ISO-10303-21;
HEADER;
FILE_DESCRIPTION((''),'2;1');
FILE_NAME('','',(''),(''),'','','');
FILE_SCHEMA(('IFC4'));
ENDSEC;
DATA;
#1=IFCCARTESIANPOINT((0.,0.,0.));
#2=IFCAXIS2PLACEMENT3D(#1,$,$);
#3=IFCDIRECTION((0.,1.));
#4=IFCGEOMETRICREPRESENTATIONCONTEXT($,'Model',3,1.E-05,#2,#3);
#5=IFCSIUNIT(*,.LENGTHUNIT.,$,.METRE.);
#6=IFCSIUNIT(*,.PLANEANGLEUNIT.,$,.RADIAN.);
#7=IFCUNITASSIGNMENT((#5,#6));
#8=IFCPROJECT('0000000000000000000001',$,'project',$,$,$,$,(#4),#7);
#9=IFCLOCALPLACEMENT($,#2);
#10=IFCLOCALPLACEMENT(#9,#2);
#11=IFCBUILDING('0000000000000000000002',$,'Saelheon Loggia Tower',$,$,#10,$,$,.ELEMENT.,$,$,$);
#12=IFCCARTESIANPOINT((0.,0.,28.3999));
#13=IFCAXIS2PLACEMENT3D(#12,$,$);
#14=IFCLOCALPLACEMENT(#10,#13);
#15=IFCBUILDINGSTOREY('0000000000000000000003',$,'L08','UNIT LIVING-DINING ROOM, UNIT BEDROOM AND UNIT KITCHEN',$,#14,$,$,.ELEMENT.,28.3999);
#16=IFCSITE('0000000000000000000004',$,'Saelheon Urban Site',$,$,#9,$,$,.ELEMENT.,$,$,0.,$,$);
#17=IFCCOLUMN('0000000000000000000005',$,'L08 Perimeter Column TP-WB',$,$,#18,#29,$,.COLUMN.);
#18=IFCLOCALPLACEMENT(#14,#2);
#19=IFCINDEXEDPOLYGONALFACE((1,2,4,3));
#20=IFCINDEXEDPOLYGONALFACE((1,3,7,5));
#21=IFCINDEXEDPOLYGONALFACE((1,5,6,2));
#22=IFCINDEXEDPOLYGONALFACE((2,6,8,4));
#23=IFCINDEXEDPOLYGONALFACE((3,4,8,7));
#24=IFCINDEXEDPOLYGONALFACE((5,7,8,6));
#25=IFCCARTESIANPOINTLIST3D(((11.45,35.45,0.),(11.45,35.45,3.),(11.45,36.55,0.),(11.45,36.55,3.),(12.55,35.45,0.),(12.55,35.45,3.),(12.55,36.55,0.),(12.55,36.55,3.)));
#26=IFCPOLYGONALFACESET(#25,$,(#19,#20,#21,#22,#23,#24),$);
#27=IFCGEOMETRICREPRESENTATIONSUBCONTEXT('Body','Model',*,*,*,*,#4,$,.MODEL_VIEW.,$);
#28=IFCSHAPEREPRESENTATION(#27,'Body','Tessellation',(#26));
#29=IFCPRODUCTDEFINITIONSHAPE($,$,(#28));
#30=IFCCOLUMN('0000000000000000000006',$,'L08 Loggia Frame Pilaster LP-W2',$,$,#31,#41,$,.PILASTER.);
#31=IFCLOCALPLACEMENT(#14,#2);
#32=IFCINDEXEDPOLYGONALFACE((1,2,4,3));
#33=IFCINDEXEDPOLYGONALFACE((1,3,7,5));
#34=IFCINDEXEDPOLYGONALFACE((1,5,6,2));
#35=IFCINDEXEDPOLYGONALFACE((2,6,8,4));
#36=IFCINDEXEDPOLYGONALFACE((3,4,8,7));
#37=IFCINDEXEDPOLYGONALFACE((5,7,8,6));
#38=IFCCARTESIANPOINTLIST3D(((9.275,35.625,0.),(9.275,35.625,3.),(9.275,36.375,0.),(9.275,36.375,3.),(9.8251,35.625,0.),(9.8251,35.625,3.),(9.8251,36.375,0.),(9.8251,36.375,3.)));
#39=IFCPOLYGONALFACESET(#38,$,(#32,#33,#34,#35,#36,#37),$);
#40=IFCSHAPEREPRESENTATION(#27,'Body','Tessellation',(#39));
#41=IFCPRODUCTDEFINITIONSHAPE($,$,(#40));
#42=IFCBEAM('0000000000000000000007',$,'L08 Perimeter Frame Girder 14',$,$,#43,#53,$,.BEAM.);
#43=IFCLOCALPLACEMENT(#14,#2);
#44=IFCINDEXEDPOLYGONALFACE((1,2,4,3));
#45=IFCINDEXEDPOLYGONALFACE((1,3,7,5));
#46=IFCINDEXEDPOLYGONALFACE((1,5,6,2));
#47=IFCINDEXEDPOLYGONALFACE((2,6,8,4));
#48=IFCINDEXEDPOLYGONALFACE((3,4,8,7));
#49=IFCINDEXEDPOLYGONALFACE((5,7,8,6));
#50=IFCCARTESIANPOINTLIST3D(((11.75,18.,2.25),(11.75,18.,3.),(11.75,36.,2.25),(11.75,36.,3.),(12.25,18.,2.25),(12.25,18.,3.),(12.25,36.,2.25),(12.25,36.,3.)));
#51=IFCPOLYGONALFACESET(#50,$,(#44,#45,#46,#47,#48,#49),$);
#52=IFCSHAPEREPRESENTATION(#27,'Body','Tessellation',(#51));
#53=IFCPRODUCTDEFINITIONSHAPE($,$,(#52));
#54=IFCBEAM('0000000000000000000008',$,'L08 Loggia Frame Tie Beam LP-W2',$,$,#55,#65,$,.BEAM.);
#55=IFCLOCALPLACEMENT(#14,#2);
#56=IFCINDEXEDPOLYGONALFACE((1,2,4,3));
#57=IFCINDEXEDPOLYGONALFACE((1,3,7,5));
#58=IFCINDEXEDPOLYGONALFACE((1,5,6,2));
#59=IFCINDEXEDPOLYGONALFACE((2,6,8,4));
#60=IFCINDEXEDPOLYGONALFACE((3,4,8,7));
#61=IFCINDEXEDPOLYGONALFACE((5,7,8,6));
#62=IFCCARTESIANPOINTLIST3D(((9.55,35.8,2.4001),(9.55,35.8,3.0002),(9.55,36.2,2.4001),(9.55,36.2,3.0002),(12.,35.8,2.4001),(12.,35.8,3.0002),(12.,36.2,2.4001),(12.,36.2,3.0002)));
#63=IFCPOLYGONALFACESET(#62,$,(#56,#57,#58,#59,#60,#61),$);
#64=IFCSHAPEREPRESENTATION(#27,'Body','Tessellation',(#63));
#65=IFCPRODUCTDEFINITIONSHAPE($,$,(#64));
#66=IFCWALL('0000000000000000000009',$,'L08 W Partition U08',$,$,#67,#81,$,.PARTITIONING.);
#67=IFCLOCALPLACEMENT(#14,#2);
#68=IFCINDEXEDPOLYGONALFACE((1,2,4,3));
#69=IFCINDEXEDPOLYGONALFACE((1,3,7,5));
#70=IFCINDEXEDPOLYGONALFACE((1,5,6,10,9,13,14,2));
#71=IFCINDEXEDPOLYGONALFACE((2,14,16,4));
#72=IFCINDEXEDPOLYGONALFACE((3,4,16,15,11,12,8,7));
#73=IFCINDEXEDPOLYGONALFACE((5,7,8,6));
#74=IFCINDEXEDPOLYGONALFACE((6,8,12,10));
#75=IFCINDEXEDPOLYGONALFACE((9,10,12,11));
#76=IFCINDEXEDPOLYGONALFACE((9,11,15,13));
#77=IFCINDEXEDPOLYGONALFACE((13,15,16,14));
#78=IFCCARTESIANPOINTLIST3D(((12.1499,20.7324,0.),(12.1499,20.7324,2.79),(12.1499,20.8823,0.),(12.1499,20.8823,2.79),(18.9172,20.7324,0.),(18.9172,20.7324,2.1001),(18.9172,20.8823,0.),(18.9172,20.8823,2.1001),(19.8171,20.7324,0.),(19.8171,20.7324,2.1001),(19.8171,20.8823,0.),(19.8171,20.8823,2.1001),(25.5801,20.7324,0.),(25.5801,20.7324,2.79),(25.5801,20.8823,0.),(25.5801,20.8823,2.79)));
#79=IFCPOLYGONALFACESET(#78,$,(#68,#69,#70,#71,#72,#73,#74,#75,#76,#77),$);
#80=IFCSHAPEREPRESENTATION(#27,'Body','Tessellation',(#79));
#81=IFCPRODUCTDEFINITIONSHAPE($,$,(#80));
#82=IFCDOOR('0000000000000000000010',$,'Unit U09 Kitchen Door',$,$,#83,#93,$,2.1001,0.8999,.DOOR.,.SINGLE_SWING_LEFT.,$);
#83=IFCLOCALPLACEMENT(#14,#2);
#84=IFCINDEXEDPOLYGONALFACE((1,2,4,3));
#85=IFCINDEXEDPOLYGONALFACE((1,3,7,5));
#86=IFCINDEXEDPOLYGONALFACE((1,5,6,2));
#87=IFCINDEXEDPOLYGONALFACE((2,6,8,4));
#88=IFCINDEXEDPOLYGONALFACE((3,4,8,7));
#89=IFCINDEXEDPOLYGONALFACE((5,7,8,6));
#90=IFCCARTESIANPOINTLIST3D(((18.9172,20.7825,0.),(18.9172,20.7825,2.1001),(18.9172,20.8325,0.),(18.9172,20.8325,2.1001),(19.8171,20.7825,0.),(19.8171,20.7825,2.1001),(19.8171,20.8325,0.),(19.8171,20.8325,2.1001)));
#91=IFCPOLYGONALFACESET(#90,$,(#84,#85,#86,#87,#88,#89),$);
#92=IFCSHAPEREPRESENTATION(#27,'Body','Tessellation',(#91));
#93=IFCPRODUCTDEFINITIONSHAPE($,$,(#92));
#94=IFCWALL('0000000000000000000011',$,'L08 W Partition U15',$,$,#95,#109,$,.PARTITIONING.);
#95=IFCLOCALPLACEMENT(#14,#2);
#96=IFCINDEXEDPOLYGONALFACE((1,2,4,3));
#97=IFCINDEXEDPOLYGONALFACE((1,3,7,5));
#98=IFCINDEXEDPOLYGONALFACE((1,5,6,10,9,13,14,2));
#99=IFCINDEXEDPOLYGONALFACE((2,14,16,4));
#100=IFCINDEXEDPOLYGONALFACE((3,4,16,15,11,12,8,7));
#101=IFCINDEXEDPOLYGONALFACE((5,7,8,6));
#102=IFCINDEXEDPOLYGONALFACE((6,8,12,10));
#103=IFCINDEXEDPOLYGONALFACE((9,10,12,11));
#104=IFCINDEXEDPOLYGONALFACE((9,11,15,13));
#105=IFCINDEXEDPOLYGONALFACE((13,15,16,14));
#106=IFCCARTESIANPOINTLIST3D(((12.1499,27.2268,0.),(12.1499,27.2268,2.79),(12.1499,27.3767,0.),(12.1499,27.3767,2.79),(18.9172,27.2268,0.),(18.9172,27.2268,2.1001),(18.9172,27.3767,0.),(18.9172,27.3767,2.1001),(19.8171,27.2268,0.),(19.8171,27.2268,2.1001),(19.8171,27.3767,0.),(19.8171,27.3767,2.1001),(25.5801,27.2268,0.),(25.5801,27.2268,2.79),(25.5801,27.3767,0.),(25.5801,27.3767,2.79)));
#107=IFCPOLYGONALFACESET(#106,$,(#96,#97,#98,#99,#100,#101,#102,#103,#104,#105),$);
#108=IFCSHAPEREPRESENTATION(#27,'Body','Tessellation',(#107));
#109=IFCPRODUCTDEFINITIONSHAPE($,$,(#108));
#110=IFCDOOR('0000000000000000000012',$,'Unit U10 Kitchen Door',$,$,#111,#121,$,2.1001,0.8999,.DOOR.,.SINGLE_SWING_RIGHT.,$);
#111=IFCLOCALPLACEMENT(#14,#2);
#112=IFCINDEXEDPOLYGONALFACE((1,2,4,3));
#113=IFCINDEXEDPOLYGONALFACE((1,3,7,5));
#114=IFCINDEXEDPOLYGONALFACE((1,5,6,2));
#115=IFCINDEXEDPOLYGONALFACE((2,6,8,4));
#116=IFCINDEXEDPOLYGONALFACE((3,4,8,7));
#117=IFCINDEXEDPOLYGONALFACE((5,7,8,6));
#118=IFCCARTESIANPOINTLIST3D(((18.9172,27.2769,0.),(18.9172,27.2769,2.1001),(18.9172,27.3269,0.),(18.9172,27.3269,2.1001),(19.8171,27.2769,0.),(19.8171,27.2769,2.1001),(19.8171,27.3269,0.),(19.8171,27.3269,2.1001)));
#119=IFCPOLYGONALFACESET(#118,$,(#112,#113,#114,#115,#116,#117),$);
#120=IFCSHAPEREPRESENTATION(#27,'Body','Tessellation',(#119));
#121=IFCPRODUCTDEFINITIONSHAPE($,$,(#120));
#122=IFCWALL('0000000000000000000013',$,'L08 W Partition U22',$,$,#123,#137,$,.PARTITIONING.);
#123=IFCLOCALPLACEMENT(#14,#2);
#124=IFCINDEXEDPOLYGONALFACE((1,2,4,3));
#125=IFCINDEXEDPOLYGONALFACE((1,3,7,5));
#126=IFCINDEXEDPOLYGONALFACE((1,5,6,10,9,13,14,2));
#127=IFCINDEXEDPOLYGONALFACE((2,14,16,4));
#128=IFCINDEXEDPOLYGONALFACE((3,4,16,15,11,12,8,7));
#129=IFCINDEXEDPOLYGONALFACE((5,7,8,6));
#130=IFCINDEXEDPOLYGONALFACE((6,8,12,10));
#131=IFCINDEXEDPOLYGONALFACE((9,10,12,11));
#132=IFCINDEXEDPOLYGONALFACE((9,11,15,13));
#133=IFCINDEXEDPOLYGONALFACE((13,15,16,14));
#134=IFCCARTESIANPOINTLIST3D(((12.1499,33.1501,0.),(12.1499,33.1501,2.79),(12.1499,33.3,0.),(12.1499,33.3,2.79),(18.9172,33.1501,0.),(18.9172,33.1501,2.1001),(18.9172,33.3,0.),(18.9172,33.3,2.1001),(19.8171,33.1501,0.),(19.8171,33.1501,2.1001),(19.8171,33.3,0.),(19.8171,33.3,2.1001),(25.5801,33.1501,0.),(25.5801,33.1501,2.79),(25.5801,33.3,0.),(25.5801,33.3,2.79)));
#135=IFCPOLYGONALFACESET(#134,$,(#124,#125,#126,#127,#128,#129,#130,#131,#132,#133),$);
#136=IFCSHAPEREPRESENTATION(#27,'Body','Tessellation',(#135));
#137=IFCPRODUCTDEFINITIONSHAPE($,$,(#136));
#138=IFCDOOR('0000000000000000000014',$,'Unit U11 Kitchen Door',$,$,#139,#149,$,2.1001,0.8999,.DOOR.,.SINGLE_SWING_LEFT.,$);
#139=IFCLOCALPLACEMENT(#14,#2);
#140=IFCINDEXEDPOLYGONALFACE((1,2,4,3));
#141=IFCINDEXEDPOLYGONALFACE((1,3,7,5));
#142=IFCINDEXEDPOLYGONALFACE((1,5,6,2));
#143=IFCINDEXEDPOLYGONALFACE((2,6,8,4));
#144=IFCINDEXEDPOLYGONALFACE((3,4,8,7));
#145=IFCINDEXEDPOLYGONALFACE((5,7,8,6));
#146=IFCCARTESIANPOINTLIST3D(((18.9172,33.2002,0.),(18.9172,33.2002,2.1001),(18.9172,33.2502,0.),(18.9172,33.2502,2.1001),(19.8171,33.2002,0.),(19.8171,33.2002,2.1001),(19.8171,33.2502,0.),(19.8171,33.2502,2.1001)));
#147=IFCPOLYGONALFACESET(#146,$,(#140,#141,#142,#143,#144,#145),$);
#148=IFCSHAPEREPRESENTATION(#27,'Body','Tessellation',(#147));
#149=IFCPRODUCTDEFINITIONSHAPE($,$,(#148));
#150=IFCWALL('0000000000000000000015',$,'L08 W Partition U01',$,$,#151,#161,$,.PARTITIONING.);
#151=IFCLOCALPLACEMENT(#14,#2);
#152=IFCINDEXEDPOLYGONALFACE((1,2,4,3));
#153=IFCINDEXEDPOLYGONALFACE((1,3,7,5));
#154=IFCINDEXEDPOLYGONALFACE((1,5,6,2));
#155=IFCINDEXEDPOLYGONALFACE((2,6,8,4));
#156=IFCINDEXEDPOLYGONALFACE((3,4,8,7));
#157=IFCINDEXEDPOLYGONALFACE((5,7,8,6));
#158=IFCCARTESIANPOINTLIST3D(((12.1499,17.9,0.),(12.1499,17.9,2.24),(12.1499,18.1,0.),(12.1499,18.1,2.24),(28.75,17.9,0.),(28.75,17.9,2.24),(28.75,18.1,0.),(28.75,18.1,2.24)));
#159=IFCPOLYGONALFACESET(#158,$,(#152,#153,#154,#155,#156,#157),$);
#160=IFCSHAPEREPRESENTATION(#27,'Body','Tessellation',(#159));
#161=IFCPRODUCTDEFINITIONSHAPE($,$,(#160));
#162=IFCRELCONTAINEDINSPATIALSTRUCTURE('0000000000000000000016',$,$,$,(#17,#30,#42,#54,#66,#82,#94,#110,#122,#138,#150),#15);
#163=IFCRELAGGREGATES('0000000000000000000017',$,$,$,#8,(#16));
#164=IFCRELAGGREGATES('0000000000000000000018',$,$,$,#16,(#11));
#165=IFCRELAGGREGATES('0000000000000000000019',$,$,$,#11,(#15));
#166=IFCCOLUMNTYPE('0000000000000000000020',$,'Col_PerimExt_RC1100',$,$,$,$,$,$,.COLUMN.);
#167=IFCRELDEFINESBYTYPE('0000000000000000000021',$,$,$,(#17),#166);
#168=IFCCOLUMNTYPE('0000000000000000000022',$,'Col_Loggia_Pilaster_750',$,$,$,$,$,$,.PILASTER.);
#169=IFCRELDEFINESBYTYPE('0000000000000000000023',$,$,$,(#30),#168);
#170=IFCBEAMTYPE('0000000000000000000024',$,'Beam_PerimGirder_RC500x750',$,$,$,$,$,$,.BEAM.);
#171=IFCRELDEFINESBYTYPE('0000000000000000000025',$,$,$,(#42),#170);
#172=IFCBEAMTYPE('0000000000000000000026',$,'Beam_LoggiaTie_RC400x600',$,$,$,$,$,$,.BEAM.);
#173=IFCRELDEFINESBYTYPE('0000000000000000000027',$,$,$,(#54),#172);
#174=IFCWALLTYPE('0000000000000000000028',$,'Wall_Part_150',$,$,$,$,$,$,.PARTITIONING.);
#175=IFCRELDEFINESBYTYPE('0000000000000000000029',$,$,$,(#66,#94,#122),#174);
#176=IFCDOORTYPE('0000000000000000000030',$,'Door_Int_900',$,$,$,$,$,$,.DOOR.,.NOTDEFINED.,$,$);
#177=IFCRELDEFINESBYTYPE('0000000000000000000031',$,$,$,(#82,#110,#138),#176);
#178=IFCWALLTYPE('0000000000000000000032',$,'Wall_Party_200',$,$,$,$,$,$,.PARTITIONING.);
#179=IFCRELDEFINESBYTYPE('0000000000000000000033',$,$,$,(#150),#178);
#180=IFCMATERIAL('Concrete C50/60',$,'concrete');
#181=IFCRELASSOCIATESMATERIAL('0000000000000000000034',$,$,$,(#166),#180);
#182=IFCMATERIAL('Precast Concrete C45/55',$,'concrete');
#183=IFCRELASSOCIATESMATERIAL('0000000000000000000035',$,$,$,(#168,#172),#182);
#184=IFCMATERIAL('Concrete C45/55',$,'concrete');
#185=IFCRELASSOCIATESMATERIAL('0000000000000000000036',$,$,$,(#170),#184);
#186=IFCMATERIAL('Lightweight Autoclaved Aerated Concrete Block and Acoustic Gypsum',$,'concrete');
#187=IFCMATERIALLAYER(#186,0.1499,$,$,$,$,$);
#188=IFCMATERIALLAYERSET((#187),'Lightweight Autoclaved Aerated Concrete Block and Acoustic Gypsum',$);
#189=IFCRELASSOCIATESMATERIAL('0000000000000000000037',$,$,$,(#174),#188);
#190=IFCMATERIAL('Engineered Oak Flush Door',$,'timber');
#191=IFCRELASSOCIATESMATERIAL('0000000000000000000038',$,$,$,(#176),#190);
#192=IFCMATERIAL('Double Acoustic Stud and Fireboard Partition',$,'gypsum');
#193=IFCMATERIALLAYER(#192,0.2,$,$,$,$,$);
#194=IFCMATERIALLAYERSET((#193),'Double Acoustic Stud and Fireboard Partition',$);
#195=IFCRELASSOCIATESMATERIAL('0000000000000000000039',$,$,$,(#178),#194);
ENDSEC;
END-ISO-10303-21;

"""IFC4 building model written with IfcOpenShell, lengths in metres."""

from ifc_helpers import new_model, si_unit, direction, frame, frame_2d, origin, origin_2d, place, context, subcontext, project, spatial, rectangle, extrude, source, transform, mapped, material, layer, layer_set, material_profile, profile_set, type_object, element, fill, save


model = new_model("IFC4")

# Units and contexts
model_context = context("Model", 3, precision=1e-05, world=origin(), true_north=direction((0.0, 1.0)))
body_context = subcontext(model_context, "Body", "Model", "MODEL_VIEW")
ifc_project = project(units=[si_unit("LENGTHUNIT", "METRE"), si_unit("PLANEANGLEUNIT", "RADIAN")], contexts=[model_context])

# Site, building, storey
site_placement = place(None, origin())
site = spatial("IfcSite", under=ifc_project, at=site_placement, Name="Saelheon Urban Site", CompositionType="ELEMENT", RefElevation=0.0)
building_placement = place(site_placement, origin())
building = spatial("IfcBuilding", under=site, at=building_placement, Name="Saelheon Loggia Tower", CompositionType="ELEMENT")
storey_placement = place(building_placement, frame((0.0, 0.0, 28.3999)))
storey = spatial("IfcBuildingStorey", under=building, at=storey_placement, Name="L08", Description="UNIT LIVING-DINING ROOM, UNIT BEDROOM AND UNIT KITCHEN", CompositionType="ELEMENT", Elevation=28.3999)

# Columns
ifc_material_1 = material(Name="Concrete C50/60", Category="concrete")
ifc_material_profile_1 = material_profile(ifc_material_1, rectangle(XDim=1.1001, YDim=1.1001, at=origin_2d()), Name="RC-1100x1100")
ifc_profile_set_1 = profile_set([ifc_material_profile_1], Name="Concrete C50/60")
column_type_1 = type_object("IfcColumnType", Name="Col_PerimExt_RC1100", PredefinedType="COLUMN", material=ifc_profile_set_1)
shared_shape_1 = source(origin(), body_context, "Body", "SweptSolid", [
    extrude(rectangle(XDim=1.1001, YDim=1.1001, at=origin_2d()), origin(), (0.0, 0.0, 1.0), 3.0),
])
column_1_placement = place(storey_placement, frame((12.0, 36.0, 0.0), z_axis=(0.0, 0.0, 1.0), x_axis=(1.0, 0.0, 0.0)))
element("IfcColumn", 1, at=column_1_placement, inside=storey, type_object=column_type_1, Name="L08 Perimeter Column TP-WB", PredefinedType="COLUMN", context=body_context, shape_type="MappedRepresentation", body=[
    mapped(shared_shape_1, transform((0.0, 0.0, 0.0), scale=1.0)),
])
ifc_material_2 = material(Name="Precast Concrete C45/55", Category="concrete")
ifc_material_profile_2 = material_profile(ifc_material_2, rectangle(XDim=0.55, YDim=0.75, at=origin_2d()), Name="RC-550x750")
ifc_profile_set_2 = profile_set([ifc_material_profile_2], Name="Precast Concrete C45/55")
column_type_2 = type_object("IfcColumnType", Name="Col_Loggia_Pilaster_750", PredefinedType="PILASTER", material=ifc_profile_set_2)
shared_shape_2 = source(origin(), body_context, "Body", "SweptSolid", [
    extrude(rectangle(XDim=0.55, YDim=0.75, at=origin_2d()), origin(), (0.0, 0.0, 1.0), 3.0),
])
column_2_placement = place(storey_placement, frame((9.55, 36.0, 0.0), z_axis=(0.0, 0.0, 1.0), x_axis=(1.0, 0.0, 0.0)))
element("IfcColumn", 2, at=column_2_placement, inside=storey, type_object=column_type_2, Name="L08 Loggia Frame Pilaster LP-W2", PredefinedType="PILASTER", context=body_context, shape_type="MappedRepresentation", body=[
    mapped(shared_shape_2, transform((0.0, 0.0, 0.0), scale=1.0)),
])

# Beams
ifc_material_3 = material(Name="Concrete C45/55", Category="concrete")
ifc_material_profile_3 = material_profile(ifc_material_3, rectangle(XDim=0.5, YDim=0.75, at=origin_2d()), Name="RC-500x750")
ifc_profile_set_3 = profile_set([ifc_material_profile_3], Name="Concrete C45/55")
beam_type_1 = type_object("IfcBeamType", Name="Beam_PerimGirder_RC500x750", PredefinedType="BEAM", material=ifc_profile_set_3)
shared_shape_3 = source(origin(), body_context, "Body", "SweptSolid", [
    extrude(rectangle(XDim=0.5, YDim=0.75, at=origin_2d()), origin(), (0.0, 0.0, 1.0), 18.0),
])
beam_1_placement = place(storey_placement, frame((12.0, 36.0, 2.625), z_axis=(0.0, -1.0, 0.0), x_axis=(1.0, 0.0, 0.0)))
element("IfcBeam", 3, at=beam_1_placement, inside=storey, type_object=beam_type_1, Name="L08 Perimeter Frame Girder 14", PredefinedType="BEAM", context=body_context, shape_type="MappedRepresentation", body=[
    mapped(shared_shape_3, transform((0.0, 0.0, 0.0), scale=1.0)),
])
ifc_material_profile_4 = material_profile(ifc_material_2, rectangle(XDim=0.3999, YDim=0.6001, at=origin_2d()), Name="RC-400x600")
ifc_profile_set_4 = profile_set([ifc_material_profile_4], Name="Precast Concrete C45/55")
beam_type_2 = type_object("IfcBeamType", Name="Beam_LoggiaTie_RC400x600", PredefinedType="BEAM", material=ifc_profile_set_4)
shared_shape_4 = source(origin(), body_context, "Body", "SweptSolid", [
    extrude(rectangle(XDim=0.3999, YDim=0.6001, at=origin_2d()), origin(), (0.0, 0.0, 1.0), 2.45),
])
beam_2_placement = place(storey_placement, frame((12.0, 36.0, 2.7002), z_axis=(-1.0, 0.0, 0.0), x_axis=(0.0, -1.0, 0.0)))
element("IfcBeam", 4, at=beam_2_placement, inside=storey, type_object=beam_type_2, Name="L08 Loggia Frame Tie Beam LP-W2", PredefinedType="BEAM", context=body_context, shape_type="MappedRepresentation", body=[
    mapped(shared_shape_4, transform((0.0, 0.0, 0.0), scale=1.0)),
])

# Walls, openings, doors
ifc_material_4 = material(Name="Lightweight Autoclaved Aerated Concrete Block and Acoustic Gypsum", Category="concrete")
ifc_layer_1 = layer(ifc_material_4, 0.1499)
ifc_layer_set_1 = layer_set([ifc_layer_1], Name="Lightweight Autoclaved Aerated Concrete Block and Acoustic Gypsum")
wall_type_1 = type_object("IfcWallType", Name="Wall_Part_150", PredefinedType="PARTITIONING", material=ifc_layer_set_1)
wall_1_placement = place(storey_placement, frame((25.5801, 20.8074, 0.0), z_axis=(0.0, 0.0, 1.0), x_axis=(-1.0, 0.0, 0.0)))
wall_1 = element("IfcWall", 5, at=wall_1_placement, inside=storey, type_object=wall_type_1, Name="L08 W Partition U08", PredefinedType="PARTITIONING", context=body_context, shape_type="SweptSolid", body=[
    extrude(rectangle(XDim=13.4302, YDim=0.1499, at=frame_2d((6.7151, 0.0))), origin(), (0.0, 0.0, 1.0), 2.79),
])
opening_1_placement = place(wall_1_placement, frame((5.7629, 0.0, 0.0)))
opening_1 = element("IfcOpeningElement", 6, at=opening_1_placement, cuts=wall_1, PredefinedType="OPENING", context=body_context, shape_type="SweptSolid", body=[
    extrude(rectangle(XDim=0.8999, YDim=2.1001, at=frame_2d((0.45, 1.05))), frame((0.0, 0.0869, 0.0), z_axis=(0.0, -1.0, 0.0), x_axis=(1.0, 0.0, 0.0)), (0.0, 0.0, 1.0), 0.1738),
])
ifc_material_5 = material(Name="Engineered Oak Flush Door", Category="timber")
door_type_1 = type_object("IfcDoorType", Name="Door_Int_900", OperationType="NOTDEFINED", PredefinedType="DOOR", material=ifc_material_5)
shared_shape_5 = source(origin(), body_context, "Body", "SweptSolid", [
    extrude(rectangle(XDim=0.8999, YDim=2.1001, at=frame_2d((0.45, 1.05))), frame((0.0, 0.0249, 0.0), z_axis=(0.0, -1.0, 0.0), x_axis=(1.0, 0.0, 0.0)), (0.0, 0.0, 1.0), 0.05),
])
door_1_placement = place(opening_1_placement, origin())
door_1 = element("IfcDoor", 7, at=door_1_placement, inside=storey, type_object=door_type_1, Name="Unit U09 Kitchen Door", OperationType="SINGLE_SWING_LEFT", OverallHeight=2.1001, OverallWidth=0.8999, PredefinedType="DOOR", context=body_context, shape_type="MappedRepresentation", body=[
    mapped(shared_shape_5, transform((0.0, 0.0, 0.0), scale=1.0)),
])
fill(opening_1, door_1)
wall_2_placement = place(storey_placement, frame((25.5801, 27.3018, 0.0), z_axis=(0.0, 0.0, 1.0), x_axis=(-1.0, 0.0, 0.0)))
wall_2 = element("IfcWall", 8, at=wall_2_placement, inside=storey, type_object=wall_type_1, Name="L08 W Partition U15", PredefinedType="PARTITIONING", context=body_context, shape_type="SweptSolid", body=[
    extrude(rectangle(XDim=13.4302, YDim=0.1499, at=frame_2d((6.7151, 0.0))), origin(), (0.0, 0.0, 1.0), 2.79),
])
opening_2_placement = place(wall_2_placement, frame((5.7629, 0.0, 0.0)))
opening_2 = element("IfcOpeningElement", 9, at=opening_2_placement, cuts=wall_2, PredefinedType="OPENING", context=body_context, shape_type="SweptSolid", body=[
    extrude(rectangle(XDim=0.8999, YDim=2.1001, at=frame_2d((0.45, 1.05))), frame((0.0, 0.0869, 0.0), z_axis=(0.0, -1.0, 0.0), x_axis=(1.0, 0.0, 0.0)), (0.0, 0.0, 1.0), 0.1738),
])
door_2_placement = place(opening_2_placement, origin())
door_2 = element("IfcDoor", 10, at=door_2_placement, inside=storey, type_object=door_type_1, Name="Unit U10 Kitchen Door", OperationType="SINGLE_SWING_RIGHT", OverallHeight=2.1001, OverallWidth=0.8999, PredefinedType="DOOR", context=body_context, shape_type="MappedRepresentation", body=[
    mapped(shared_shape_5, transform((0.0, 0.0, 0.0), scale=1.0)),
])
fill(opening_2, door_2)
wall_3_placement = place(storey_placement, frame((25.5801, 33.2251, 0.0), z_axis=(0.0, 0.0, 1.0), x_axis=(-1.0, 0.0, 0.0)))
wall_3 = element("IfcWall", 11, at=wall_3_placement, inside=storey, type_object=wall_type_1, Name="L08 W Partition U22", PredefinedType="PARTITIONING", context=body_context, shape_type="SweptSolid", body=[
    extrude(rectangle(XDim=13.4302, YDim=0.1499, at=frame_2d((6.7151, 0.0))), origin(), (0.0, 0.0, 1.0), 2.79),
])
opening_3_placement = place(wall_3_placement, frame((5.7629, 0.0, 0.0)))
opening_3 = element("IfcOpeningElement", 12, at=opening_3_placement, cuts=wall_3, PredefinedType="OPENING", context=body_context, shape_type="SweptSolid", body=[
    extrude(rectangle(XDim=0.8999, YDim=2.1001, at=frame_2d((0.45, 1.05))), frame((0.0, 0.0869, 0.0), z_axis=(0.0, -1.0, 0.0), x_axis=(1.0, 0.0, 0.0)), (0.0, 0.0, 1.0), 0.1738),
])
door_3_placement = place(opening_3_placement, origin())
door_3 = element("IfcDoor", 13, at=door_3_placement, inside=storey, type_object=door_type_1, Name="Unit U11 Kitchen Door", OperationType="SINGLE_SWING_LEFT", OverallHeight=2.1001, OverallWidth=0.8999, PredefinedType="DOOR", context=body_context, shape_type="MappedRepresentation", body=[
    mapped(shared_shape_5, transform((0.0, 0.0, 0.0), scale=1.0)),
])
fill(opening_3, door_3)

# Wall
ifc_material_6 = material(Name="Double Acoustic Stud and Fireboard Partition", Category="gypsum")
ifc_layer_2 = layer(ifc_material_6, 0.2)
ifc_layer_set_2 = layer_set([ifc_layer_2], Name="Double Acoustic Stud and Fireboard Partition")
wall_type_2 = type_object("IfcWallType", Name="Wall_Party_200", PredefinedType="PARTITIONING", material=ifc_layer_set_2)
wall_4_placement = place(storey_placement, frame((28.75, 18.0, 0.0), z_axis=(0.0, 0.0, 1.0), x_axis=(-1.0, 0.0, 0.0)))
element("IfcWall", 14, at=wall_4_placement, inside=storey, type_object=wall_type_2, Name="L08 W Partition U01", PredefinedType="PARTITIONING", context=body_context, shape_type="SweptSolid", body=[
    extrude(rectangle(XDim=16.6001, YDim=0.2, at=frame_2d((8.3, 0.0))), origin(), (0.0, 0.0, 1.0), 2.24),
])

save(model, "model.ifc")
